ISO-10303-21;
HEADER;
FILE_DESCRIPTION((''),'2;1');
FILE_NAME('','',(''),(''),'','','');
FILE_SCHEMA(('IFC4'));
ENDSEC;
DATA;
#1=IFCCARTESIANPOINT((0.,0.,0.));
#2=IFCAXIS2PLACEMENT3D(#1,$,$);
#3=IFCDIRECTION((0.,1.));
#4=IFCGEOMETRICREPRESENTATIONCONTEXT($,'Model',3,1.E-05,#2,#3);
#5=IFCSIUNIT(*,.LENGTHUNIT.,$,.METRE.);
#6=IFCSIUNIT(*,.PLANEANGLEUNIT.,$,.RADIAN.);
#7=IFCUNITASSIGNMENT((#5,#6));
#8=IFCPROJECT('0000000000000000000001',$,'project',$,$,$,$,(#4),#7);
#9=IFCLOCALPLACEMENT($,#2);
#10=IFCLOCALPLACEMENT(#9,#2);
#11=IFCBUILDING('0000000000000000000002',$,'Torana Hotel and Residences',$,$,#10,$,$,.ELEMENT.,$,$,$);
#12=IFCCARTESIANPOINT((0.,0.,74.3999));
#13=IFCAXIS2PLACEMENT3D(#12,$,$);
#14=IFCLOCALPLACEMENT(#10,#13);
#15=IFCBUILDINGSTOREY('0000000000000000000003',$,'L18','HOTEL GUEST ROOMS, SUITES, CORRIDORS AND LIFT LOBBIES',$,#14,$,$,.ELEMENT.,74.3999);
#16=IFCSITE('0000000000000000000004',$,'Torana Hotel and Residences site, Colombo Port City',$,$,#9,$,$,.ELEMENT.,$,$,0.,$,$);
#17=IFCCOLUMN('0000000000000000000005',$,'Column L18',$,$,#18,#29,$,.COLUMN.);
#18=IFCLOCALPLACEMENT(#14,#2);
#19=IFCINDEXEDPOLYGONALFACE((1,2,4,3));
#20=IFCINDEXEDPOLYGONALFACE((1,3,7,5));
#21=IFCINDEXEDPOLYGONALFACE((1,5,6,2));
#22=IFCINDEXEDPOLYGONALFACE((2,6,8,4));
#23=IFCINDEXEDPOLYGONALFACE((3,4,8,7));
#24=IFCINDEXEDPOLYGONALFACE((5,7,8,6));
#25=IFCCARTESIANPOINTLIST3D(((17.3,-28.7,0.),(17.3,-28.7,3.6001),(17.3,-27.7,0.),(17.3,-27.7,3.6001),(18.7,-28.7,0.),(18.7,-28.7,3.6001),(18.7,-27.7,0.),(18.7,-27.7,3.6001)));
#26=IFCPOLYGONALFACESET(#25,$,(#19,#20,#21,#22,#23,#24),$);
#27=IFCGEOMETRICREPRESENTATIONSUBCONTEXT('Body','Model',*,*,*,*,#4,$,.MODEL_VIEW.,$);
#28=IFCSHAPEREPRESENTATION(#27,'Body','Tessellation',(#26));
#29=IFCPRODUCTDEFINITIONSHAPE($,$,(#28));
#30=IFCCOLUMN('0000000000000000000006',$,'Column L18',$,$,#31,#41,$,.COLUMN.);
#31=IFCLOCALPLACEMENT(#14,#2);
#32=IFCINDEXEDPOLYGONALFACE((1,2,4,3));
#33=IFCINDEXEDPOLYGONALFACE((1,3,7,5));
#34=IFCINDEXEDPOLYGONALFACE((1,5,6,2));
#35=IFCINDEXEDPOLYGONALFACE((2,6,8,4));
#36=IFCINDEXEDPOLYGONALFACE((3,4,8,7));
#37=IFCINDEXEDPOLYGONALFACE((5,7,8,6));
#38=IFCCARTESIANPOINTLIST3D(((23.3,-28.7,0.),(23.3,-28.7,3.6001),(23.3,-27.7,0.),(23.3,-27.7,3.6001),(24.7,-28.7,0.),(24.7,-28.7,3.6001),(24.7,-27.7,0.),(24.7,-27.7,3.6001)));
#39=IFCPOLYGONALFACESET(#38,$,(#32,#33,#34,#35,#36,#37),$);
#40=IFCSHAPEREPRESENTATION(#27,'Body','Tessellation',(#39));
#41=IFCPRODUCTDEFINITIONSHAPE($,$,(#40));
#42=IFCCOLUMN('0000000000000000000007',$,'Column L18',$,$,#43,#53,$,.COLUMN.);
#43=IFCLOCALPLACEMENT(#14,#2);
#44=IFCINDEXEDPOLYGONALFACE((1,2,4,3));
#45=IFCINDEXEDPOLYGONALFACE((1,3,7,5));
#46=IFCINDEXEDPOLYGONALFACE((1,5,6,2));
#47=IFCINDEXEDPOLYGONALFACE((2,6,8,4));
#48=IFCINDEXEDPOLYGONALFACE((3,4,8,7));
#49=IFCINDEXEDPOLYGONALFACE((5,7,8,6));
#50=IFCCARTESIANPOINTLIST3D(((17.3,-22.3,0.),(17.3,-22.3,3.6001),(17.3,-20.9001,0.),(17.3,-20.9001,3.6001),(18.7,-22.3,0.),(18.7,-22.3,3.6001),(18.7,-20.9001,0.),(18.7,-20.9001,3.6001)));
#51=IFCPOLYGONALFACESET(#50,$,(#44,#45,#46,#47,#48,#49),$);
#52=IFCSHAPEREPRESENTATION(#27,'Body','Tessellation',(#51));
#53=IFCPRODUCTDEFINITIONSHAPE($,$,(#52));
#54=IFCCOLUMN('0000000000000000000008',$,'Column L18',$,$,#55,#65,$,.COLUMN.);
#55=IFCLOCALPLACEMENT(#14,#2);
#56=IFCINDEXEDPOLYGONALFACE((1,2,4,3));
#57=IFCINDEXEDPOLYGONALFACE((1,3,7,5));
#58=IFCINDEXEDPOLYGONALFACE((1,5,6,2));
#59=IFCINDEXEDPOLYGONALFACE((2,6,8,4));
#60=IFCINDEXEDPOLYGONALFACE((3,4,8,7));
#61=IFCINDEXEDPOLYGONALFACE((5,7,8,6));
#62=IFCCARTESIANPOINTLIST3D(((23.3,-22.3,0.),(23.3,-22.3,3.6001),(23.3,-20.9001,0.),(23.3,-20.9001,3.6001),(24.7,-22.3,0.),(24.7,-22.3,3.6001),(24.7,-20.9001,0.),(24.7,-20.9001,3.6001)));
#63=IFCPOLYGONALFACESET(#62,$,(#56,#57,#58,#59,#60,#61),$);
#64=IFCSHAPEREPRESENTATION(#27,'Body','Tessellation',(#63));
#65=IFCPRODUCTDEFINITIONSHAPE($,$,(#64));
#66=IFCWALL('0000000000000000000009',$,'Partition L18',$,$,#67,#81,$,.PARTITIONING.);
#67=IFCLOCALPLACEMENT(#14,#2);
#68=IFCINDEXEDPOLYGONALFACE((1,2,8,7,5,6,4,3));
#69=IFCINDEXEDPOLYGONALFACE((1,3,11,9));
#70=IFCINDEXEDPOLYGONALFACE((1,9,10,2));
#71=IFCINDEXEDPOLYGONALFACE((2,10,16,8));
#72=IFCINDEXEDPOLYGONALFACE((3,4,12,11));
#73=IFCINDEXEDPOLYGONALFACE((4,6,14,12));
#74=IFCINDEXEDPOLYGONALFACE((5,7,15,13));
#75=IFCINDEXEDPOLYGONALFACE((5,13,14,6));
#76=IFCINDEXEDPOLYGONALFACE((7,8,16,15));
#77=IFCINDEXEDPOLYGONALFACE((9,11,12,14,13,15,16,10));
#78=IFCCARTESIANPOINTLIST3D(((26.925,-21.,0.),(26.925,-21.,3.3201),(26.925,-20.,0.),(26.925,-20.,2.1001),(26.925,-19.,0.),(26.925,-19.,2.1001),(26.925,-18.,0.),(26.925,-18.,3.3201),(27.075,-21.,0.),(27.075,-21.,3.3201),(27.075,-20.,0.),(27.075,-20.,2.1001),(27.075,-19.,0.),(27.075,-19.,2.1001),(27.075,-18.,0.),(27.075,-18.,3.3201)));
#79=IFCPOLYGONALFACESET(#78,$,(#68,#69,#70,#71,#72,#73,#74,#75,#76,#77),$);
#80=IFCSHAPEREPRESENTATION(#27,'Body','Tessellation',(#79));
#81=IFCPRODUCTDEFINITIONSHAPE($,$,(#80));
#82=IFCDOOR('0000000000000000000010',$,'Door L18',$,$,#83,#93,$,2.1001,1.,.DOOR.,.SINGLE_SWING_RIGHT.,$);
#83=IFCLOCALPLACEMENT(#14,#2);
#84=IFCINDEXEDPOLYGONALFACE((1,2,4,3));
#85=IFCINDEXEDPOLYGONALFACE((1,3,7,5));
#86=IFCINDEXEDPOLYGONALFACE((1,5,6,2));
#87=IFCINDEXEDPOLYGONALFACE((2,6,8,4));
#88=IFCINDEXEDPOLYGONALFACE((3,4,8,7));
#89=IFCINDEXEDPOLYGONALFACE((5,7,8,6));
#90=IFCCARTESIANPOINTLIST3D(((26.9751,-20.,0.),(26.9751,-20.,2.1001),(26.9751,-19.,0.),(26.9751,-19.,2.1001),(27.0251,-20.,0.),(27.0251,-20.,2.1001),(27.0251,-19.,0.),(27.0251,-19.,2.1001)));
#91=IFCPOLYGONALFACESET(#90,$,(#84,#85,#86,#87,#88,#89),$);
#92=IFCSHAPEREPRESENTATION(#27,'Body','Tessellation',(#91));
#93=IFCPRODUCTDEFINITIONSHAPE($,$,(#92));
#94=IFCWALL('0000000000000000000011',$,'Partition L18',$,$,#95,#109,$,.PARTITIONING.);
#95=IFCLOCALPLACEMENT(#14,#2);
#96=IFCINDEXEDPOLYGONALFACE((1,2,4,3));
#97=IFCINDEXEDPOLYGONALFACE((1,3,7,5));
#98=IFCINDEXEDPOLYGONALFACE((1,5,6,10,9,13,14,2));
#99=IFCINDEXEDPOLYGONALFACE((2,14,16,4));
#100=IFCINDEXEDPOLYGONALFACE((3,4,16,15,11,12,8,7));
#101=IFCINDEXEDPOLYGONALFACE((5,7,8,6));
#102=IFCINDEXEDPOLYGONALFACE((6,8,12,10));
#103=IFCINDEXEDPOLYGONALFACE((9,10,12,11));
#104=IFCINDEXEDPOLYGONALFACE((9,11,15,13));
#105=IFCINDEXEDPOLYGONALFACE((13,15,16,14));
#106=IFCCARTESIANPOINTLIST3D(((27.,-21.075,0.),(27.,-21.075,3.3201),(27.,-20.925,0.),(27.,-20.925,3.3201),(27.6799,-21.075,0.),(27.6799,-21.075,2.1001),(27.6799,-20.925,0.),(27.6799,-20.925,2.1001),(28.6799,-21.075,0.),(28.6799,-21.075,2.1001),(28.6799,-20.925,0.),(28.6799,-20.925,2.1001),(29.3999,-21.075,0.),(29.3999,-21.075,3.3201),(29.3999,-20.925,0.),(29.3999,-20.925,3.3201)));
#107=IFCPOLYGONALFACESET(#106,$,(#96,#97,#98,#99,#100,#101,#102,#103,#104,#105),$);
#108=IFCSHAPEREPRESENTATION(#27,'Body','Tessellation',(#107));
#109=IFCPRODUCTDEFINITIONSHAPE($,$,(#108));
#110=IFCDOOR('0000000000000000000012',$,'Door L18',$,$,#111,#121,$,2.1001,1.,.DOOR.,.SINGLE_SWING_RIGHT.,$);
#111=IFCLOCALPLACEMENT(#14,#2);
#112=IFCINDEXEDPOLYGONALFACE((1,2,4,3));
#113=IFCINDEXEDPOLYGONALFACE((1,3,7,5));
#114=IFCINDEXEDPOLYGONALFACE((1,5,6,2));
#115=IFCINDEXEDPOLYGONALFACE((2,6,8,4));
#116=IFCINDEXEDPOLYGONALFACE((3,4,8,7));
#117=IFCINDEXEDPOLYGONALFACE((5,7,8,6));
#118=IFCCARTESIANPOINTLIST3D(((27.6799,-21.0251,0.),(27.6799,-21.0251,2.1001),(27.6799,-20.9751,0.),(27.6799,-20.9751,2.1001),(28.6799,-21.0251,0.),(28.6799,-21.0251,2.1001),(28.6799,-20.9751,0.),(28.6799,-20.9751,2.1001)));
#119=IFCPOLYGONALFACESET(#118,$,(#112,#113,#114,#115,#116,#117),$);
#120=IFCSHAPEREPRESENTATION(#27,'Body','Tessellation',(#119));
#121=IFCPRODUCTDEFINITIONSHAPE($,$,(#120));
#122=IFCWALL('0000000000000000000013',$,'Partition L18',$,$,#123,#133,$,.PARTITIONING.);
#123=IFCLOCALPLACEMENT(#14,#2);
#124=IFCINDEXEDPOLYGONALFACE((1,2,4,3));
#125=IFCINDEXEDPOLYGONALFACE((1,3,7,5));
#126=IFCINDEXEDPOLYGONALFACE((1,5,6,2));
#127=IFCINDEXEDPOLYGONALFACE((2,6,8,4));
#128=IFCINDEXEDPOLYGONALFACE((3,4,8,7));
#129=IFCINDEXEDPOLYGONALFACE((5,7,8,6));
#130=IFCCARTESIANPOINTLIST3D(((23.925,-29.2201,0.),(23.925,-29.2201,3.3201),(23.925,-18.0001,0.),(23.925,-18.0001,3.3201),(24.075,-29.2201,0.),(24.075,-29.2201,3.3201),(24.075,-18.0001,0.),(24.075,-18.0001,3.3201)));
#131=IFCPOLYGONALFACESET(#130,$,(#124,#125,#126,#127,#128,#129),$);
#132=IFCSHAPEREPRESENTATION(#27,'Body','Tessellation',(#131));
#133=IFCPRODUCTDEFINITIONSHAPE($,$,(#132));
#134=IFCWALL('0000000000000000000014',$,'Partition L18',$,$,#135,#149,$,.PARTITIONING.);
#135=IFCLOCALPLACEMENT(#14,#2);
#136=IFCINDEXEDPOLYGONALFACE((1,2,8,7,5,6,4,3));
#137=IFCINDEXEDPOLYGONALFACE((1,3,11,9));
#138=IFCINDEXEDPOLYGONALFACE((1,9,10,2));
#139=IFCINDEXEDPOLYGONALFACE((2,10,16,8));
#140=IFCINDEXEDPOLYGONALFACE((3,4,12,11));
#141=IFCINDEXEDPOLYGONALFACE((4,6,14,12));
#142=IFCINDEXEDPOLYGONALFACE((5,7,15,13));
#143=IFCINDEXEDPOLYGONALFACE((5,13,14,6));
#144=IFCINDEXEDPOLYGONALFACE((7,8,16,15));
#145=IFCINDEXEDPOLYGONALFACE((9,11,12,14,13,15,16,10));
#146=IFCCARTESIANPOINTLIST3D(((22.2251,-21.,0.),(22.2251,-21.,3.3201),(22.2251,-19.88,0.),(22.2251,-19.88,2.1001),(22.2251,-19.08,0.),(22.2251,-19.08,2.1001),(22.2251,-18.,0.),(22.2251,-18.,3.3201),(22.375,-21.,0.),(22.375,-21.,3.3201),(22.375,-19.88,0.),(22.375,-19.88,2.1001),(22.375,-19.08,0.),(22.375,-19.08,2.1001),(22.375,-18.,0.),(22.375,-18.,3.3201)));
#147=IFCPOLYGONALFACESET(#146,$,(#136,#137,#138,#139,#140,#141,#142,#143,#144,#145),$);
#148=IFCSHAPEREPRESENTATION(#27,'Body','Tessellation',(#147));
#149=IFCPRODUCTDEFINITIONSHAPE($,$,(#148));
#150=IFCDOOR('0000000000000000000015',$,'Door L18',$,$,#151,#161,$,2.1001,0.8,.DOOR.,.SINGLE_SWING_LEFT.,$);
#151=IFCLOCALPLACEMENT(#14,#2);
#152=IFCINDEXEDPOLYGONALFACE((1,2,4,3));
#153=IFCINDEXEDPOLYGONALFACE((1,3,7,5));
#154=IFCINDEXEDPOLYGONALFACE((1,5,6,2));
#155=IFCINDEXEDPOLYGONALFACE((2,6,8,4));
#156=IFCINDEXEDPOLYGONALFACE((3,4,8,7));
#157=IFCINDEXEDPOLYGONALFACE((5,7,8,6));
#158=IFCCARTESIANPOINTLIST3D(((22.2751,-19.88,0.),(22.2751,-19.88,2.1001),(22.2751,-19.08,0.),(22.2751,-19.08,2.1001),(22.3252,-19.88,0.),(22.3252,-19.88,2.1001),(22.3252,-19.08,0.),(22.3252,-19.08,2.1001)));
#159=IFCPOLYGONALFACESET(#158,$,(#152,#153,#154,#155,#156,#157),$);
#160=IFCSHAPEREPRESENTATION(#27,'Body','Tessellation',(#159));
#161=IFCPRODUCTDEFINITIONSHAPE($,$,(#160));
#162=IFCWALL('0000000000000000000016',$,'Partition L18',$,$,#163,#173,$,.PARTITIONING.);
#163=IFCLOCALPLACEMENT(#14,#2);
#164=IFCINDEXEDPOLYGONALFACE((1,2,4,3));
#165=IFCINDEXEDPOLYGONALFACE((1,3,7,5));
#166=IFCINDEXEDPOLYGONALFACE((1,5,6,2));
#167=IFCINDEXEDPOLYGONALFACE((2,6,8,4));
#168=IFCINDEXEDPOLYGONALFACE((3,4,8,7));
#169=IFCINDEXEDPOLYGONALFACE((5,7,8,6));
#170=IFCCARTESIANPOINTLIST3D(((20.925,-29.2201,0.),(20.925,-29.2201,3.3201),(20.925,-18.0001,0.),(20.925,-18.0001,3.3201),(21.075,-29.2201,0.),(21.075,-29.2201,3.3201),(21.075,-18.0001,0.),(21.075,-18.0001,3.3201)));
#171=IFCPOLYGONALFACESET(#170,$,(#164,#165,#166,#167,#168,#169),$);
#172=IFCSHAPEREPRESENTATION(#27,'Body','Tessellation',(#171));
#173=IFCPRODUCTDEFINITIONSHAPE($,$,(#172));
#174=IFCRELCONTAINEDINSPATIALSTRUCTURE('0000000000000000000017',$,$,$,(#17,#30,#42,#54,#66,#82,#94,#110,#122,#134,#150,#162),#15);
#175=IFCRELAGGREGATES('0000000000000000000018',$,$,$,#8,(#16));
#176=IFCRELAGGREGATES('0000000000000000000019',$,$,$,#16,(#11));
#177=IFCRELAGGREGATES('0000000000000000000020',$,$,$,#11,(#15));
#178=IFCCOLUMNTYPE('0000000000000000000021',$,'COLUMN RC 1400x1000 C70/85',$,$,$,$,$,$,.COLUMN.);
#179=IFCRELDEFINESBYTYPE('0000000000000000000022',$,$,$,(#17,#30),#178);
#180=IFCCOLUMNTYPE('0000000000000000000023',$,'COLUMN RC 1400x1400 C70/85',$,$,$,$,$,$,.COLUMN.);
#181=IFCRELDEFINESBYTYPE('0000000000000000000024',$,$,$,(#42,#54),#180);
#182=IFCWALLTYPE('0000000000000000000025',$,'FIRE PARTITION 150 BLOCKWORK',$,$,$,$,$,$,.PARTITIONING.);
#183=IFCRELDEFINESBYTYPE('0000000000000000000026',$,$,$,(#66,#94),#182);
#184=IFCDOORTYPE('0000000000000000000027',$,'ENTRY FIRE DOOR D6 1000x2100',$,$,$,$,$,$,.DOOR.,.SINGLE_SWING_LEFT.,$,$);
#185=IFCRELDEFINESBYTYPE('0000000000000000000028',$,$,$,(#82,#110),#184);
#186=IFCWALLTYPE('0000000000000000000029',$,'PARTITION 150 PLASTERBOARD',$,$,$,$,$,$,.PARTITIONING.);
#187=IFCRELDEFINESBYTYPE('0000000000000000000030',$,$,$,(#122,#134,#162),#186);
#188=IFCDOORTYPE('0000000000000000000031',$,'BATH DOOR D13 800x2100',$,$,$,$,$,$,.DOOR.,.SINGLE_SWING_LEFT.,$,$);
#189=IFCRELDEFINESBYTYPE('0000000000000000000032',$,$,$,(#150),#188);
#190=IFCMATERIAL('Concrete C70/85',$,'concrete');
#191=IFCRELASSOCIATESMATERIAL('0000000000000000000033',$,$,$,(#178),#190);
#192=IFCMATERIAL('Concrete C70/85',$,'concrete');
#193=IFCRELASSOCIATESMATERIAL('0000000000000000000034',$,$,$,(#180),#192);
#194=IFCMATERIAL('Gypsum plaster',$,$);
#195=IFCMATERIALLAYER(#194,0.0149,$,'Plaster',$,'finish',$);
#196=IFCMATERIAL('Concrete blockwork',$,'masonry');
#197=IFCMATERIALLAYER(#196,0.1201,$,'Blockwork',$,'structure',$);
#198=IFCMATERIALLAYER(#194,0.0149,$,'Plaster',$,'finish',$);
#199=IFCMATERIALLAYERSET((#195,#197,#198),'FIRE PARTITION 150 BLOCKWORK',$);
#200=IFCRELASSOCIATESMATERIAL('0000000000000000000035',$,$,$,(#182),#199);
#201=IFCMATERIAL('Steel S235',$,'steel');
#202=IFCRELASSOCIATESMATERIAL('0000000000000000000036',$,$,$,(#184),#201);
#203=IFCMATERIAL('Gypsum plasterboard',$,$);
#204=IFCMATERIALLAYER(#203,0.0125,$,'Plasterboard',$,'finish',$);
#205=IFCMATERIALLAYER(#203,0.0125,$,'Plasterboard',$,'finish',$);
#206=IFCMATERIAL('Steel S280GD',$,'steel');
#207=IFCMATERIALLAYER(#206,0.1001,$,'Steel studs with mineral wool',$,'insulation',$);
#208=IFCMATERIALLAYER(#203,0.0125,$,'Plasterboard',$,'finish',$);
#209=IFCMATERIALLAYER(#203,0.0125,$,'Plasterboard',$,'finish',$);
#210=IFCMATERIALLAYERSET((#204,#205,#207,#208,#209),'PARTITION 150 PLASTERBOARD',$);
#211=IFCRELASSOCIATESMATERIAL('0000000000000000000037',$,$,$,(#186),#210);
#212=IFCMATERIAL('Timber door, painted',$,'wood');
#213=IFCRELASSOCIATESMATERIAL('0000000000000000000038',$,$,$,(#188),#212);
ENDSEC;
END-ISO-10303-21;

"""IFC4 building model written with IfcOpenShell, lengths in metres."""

from ifc_helpers import new_model, si_unit, direction, frame, frame_2d, origin, origin_2d, place, context, subcontext, project, spatial, rectangle, extrude, material, layer, layer_set, material_profile, profile_set, type_object, element, fill, save


model = new_model("IFC4")

# Units and contexts
model_context = context("Model", 3, precision=1e-05, world=origin(), true_north=direction((0.0, 1.0)))
body_context = subcontext(model_context, "Body", "Model", "MODEL_VIEW")
ifc_project = project(units=[si_unit("LENGTHUNIT", "METRE"), si_unit("PLANEANGLEUNIT", "RADIAN")], contexts=[model_context])

# Site, building, storey
site_placement = place(None, origin())
site = spatial("IfcSite", under=ifc_project, at=site_placement, Name="Torana Hotel and Residences site, Colombo Port City", CompositionType="ELEMENT", RefElevation=0.0)
building_placement = place(site_placement, origin())
building = spatial("IfcBuilding", under=site, at=building_placement, Name="Torana Hotel and Residences", CompositionType="ELEMENT")
storey_placement = place(building_placement, frame((0.0, 0.0, 74.3999)))
storey = spatial("IfcBuildingStorey", under=building, at=storey_placement, Name="L18", Description="HOTEL GUEST ROOMS, SUITES, CORRIDORS AND LIFT LOBBIES", CompositionType="ELEMENT", Elevation=74.3999)

# Columns
ifc_material_1 = material(Name="Concrete C70/85", Category="concrete")
ifc_material_profile_1 = material_profile(ifc_material_1, rectangle(XDim=1.3999, YDim=1.0, at=origin_2d()), Name="RC 1400x1000")
ifc_profile_set_1 = profile_set([ifc_material_profile_1], Name="Concrete C70/85")
column_type_1 = type_object("IfcColumnType", Name="COLUMN RC 1400x1000 C70/85", PredefinedType="COLUMN", material=ifc_profile_set_1)
for number, where, z_axis, x_axis, name in (
    (1, (18.0, -28.2, 0.0), (0.0, 0.0, 1.0), (1.0, 0.0, 0.0), "Column L18"),
    (2, (24.0, -28.2, 0.0), (0.0, 0.0, 1.0), (1.0, 0.0, 0.0), "Column L18"),
):
    element("IfcColumn", number, at=place(storey_placement, frame(where, z_axis=z_axis, x_axis=x_axis)), inside=storey, type_object=column_type_1, Name=name, PredefinedType="COLUMN", context=body_context, shape_type="SweptSolid", body=[
        extrude(rectangle(XDim=1.3999, YDim=1.0, at=origin_2d()), origin(), (0.0, 0.0, 1.0), 3.6001),
    ])
ifc_material_2 = material(Name="Concrete C70/85", Category="concrete")
ifc_material_profile_2 = material_profile(ifc_material_2, rectangle(XDim=1.3999, YDim=1.3999, at=origin_2d()), Name="RC 1400x1400")
ifc_profile_set_2 = profile_set([ifc_material_profile_2], Name="Concrete C70/85")
column_type_2 = type_object("IfcColumnType", Name="COLUMN RC 1400x1400 C70/85", PredefinedType="COLUMN", material=ifc_profile_set_2)
for number, where, z_axis, x_axis, name in (
    (3, (18.0, -21.6001, 0.0), (0.0, 0.0, 1.0), (1.0, 0.0, 0.0), "Column L18"),
    (4, (24.0, -21.6001, 0.0), (0.0, 0.0, 1.0), (1.0, 0.0, 0.0), "Column L18"),
):
    element("IfcColumn", number, at=place(storey_placement, frame(where, z_axis=z_axis, x_axis=x_axis)), inside=storey, type_object=column_type_2, Name=name, PredefinedType="COLUMN", context=body_context, shape_type="SweptSolid", body=[
        extrude(rectangle(XDim=1.3999, YDim=1.3999, at=origin_2d()), origin(), (0.0, 0.0, 1.0), 3.6001),
    ])

# Walls, openings, doors
ifc_material_3 = material(Name="Gypsum plaster")
ifc_layer_1 = layer(ifc_material_3, 0.0149, Name="Plaster", Category="finish")
ifc_material_4 = material(Name="Concrete blockwork", Category="masonry")
ifc_layer_2 = layer(ifc_material_4, 0.1201, Name="Blockwork", Category="structure")
ifc_layer_3 = layer(ifc_material_3, 0.0149, Name="Plaster", Category="finish")
ifc_layer_set_1 = layer_set([ifc_layer_1, ifc_layer_2, ifc_layer_3], Name="FIRE PARTITION 150 BLOCKWORK")
wall_type_1 = type_object("IfcWallType", Name="FIRE PARTITION 150 BLOCKWORK", PredefinedType="PARTITIONING", material=ifc_layer_set_1)
wall_1_placement = place(storey_placement, frame((27.0, -21.0, 0.0), z_axis=(0.0, 0.0, 1.0), x_axis=(0.0, 1.0, 0.0)))
wall_1 = element("IfcWall", 5, at=wall_1_placement, inside=storey, type_object=wall_type_1, Name="Partition L18", PredefinedType="PARTITIONING", context=body_context, shape_type="SweptSolid", body=[
    extrude(rectangle(XDim=3.0, YDim=0.1499, at=frame_2d((1.5, 0.0))), origin(), (0.0, 0.0, 1.0), 3.3201),
])
opening_1_placement = place(wall_1_placement, frame((1.0, 0.0, 0.0)))
opening_1 = element("IfcOpeningElement", 6, at=opening_1_placement, cuts=wall_1, PredefinedType="OPENING", context=body_context, shape_type="SweptSolid", body=[
    extrude(rectangle(XDim=1.0, YDim=2.1001, at=frame_2d((0.5, 1.05))), frame((0.0, 0.085, 0.0), z_axis=(0.0, -1.0, 0.0), x_axis=(1.0, 0.0, 0.0)), (0.0, 0.0, 1.0), 0.1699),
])
ifc_material_5 = material(Name="Steel S235", Category="steel")
door_type_1 = type_object("IfcDoorType", Name="ENTRY FIRE DOOR D6 1000x2100", OperationType="SINGLE_SWING_LEFT", PredefinedType="DOOR", material=ifc_material_5)
door_1_placement = place(opening_1_placement, origin())
door_1 = element("IfcDoor", 7, at=door_1_placement, inside=storey, type_object=door_type_1, Name="Door L18", OperationType="SINGLE_SWING_RIGHT", OverallHeight=2.1001, OverallWidth=1.0, PredefinedType="DOOR", context=body_context, shape_type="SweptSolid", body=[
    extrude(rectangle(XDim=1.0, YDim=2.1001, at=frame_2d((0.5, 1.05))), frame((0.0, 0.0249, 0.0), z_axis=(0.0, -1.0, 0.0), x_axis=(1.0, 0.0, 0.0)), (0.0, 0.0, 1.0), 0.05),
])
fill(opening_1, door_1)
wall_2_placement = place(storey_placement, frame((27.0, -21.0, 0.0), z_axis=(0.0, 0.0, 1.0), x_axis=(1.0, 0.0, 0.0)))
wall_2 = element("IfcWall", 8, at=wall_2_placement, inside=storey, type_object=wall_type_1, Name="Partition L18", PredefinedType="PARTITIONING", context=body_context, shape_type="SweptSolid", body=[
    extrude(rectangle(XDim=2.3999, YDim=0.1499, at=frame_2d((1.2, 0.0))), origin(), (0.0, 0.0, 1.0), 3.3201),
])
opening_2_placement = place(wall_2_placement, frame((0.6799, 0.0, 0.0)))
opening_2 = element("IfcOpeningElement", 9, at=opening_2_placement, cuts=wall_2, PredefinedType="OPENING", context=body_context, shape_type="SweptSolid", body=[
    extrude(rectangle(XDim=1.0, YDim=2.1001, at=frame_2d((0.5, 1.05))), frame((0.0, 0.085, 0.0), z_axis=(0.0, -1.0, 0.0), x_axis=(1.0, 0.0, 0.0)), (0.0, 0.0, 1.0), 0.1699),
])
door_2_placement = place(opening_2_placement, frame((0.5, 0.0, 0.0), z_axis=(0.0, 0.0, 1.0), x_axis=(-1.0, 0.0, 0.0)))
door_2 = element("IfcDoor", 10, at=door_2_placement, inside=storey, type_object=door_type_1, Name="Door L18", OperationType="SINGLE_SWING_RIGHT", OverallHeight=2.1001, OverallWidth=1.0, PredefinedType="DOOR", context=body_context, shape_type="SweptSolid", body=[
    extrude(rectangle(XDim=1.0, YDim=2.1001, at=frame_2d((0.0, 1.05))), frame((0.0, -0.0249, 0.0), z_axis=(0.0, 1.0, 0.0), x_axis=(-1.0, 0.0, 0.0)), (0.0, 0.0, 1.0), 0.05),
])
fill(opening_2, door_2)

# Wall
ifc_material_6 = material(Name="Gypsum plasterboard")
ifc_layer_4 = layer(ifc_material_6, 0.0125, Name="Plasterboard", Category="finish")
ifc_layer_5 = layer(ifc_material_6, 0.0125, Name="Plasterboard", Category="finish")
ifc_material_7 = material(Name="Steel S280GD", Category="steel")
ifc_layer_6 = layer(ifc_material_7, 0.1001, Name="Steel studs with mineral wool", Category="insulation")
ifc_layer_7 = layer(ifc_material_6, 0.0125, Name="Plasterboard", Category="finish")
ifc_layer_8 = layer(ifc_material_6, 0.0125, Name="Plasterboard", Category="finish")
ifc_layer_set_2 = layer_set([ifc_layer_4, ifc_layer_5, ifc_layer_6, ifc_layer_7, ifc_layer_8], Name="PARTITION 150 PLASTERBOARD")
wall_type_2 = type_object("IfcWallType", Name="PARTITION 150 PLASTERBOARD", PredefinedType="PARTITIONING", material=ifc_layer_set_2)
wall_3_placement = place(storey_placement, frame((24.0, -29.22, 0.0), z_axis=(0.0, 0.0, 1.0), x_axis=(0.0, 1.0, 0.0)))
element("IfcWall", 11, at=wall_3_placement, inside=storey, type_object=wall_type_2, Name="Partition L18", PredefinedType="PARTITIONING", context=body_context, shape_type="SweptSolid", body=[
    extrude(rectangle(XDim=11.22, YDim=0.1499, at=frame_2d((5.6099, 0.0))), origin(), (0.0, 0.0, 1.0), 3.3201),
])

# Wall, opening, door
wall_4_placement = place(storey_placement, frame((22.3, -21.0, 0.0), z_axis=(0.0, 0.0, 1.0), x_axis=(0.0, 1.0, 0.0)))
wall_4 = element("IfcWall", 12, at=wall_4_placement, inside=storey, type_object=wall_type_2, Name="Partition L18", PredefinedType="PARTITIONING", context=body_context, shape_type="SweptSolid", body=[
    extrude(rectangle(XDim=3.0, YDim=0.1499, at=frame_2d((1.5, 0.0))), origin(), (0.0, 0.0, 1.0), 3.3201),
])
opening_3_placement = place(wall_4_placement, frame((1.1201, 0.0, 0.0)))
opening_3 = element("IfcOpeningElement", 13, at=opening_3_placement, cuts=wall_4, PredefinedType="OPENING", context=body_context, shape_type="SweptSolid", body=[
    extrude(rectangle(XDim=0.8, YDim=2.1001, at=frame_2d((0.3999, 1.05))), frame((0.0, 0.085, 0.0), z_axis=(0.0, -1.0, 0.0), x_axis=(1.0, 0.0, 0.0)), (0.0, 0.0, 1.0), 0.1699),
])
ifc_material_8 = material(Name="Timber door, painted", Category="wood")
door_type_2 = type_object("IfcDoorType", Name="BATH DOOR D13 800x2100", OperationType="SINGLE_SWING_LEFT", PredefinedType="DOOR", material=ifc_material_8)
door_3_placement = place(opening_3_placement, origin())
door_3 = element("IfcDoor", 14, at=door_3_placement, inside=storey, type_object=door_type_2, Name="Door L18", OperationType="SINGLE_SWING_LEFT", OverallHeight=2.1001, OverallWidth=0.8, PredefinedType="DOOR", context=body_context, shape_type="SweptSolid", body=[
    extrude(rectangle(XDim=0.8, YDim=2.1001, at=frame_2d((0.3999, 1.05))), frame((0.0, 0.0249, 0.0), z_axis=(0.0, -1.0, 0.0), x_axis=(1.0, 0.0, 0.0)), (0.0, 0.0, 1.0), 0.05),
])
fill(opening_3, door_3)

# Wall
wall_5_placement = place(storey_placement, frame((21.0, -29.22, 0.0), z_axis=(0.0, 0.0, 1.0), x_axis=(0.0, 1.0, 0.0)))
element("IfcWall", 15, at=wall_5_placement, inside=storey, type_object=wall_type_2, Name="Partition L18", PredefinedType="PARTITIONING", context=body_context, shape_type="SweptSolid", body=[
    extrude(rectangle(XDim=11.22, YDim=0.1499, at=frame_2d((5.6099, 0.0))), origin(), (0.0, 0.0, 1.0), 3.3201),
])

save(model, "model.ifc")
